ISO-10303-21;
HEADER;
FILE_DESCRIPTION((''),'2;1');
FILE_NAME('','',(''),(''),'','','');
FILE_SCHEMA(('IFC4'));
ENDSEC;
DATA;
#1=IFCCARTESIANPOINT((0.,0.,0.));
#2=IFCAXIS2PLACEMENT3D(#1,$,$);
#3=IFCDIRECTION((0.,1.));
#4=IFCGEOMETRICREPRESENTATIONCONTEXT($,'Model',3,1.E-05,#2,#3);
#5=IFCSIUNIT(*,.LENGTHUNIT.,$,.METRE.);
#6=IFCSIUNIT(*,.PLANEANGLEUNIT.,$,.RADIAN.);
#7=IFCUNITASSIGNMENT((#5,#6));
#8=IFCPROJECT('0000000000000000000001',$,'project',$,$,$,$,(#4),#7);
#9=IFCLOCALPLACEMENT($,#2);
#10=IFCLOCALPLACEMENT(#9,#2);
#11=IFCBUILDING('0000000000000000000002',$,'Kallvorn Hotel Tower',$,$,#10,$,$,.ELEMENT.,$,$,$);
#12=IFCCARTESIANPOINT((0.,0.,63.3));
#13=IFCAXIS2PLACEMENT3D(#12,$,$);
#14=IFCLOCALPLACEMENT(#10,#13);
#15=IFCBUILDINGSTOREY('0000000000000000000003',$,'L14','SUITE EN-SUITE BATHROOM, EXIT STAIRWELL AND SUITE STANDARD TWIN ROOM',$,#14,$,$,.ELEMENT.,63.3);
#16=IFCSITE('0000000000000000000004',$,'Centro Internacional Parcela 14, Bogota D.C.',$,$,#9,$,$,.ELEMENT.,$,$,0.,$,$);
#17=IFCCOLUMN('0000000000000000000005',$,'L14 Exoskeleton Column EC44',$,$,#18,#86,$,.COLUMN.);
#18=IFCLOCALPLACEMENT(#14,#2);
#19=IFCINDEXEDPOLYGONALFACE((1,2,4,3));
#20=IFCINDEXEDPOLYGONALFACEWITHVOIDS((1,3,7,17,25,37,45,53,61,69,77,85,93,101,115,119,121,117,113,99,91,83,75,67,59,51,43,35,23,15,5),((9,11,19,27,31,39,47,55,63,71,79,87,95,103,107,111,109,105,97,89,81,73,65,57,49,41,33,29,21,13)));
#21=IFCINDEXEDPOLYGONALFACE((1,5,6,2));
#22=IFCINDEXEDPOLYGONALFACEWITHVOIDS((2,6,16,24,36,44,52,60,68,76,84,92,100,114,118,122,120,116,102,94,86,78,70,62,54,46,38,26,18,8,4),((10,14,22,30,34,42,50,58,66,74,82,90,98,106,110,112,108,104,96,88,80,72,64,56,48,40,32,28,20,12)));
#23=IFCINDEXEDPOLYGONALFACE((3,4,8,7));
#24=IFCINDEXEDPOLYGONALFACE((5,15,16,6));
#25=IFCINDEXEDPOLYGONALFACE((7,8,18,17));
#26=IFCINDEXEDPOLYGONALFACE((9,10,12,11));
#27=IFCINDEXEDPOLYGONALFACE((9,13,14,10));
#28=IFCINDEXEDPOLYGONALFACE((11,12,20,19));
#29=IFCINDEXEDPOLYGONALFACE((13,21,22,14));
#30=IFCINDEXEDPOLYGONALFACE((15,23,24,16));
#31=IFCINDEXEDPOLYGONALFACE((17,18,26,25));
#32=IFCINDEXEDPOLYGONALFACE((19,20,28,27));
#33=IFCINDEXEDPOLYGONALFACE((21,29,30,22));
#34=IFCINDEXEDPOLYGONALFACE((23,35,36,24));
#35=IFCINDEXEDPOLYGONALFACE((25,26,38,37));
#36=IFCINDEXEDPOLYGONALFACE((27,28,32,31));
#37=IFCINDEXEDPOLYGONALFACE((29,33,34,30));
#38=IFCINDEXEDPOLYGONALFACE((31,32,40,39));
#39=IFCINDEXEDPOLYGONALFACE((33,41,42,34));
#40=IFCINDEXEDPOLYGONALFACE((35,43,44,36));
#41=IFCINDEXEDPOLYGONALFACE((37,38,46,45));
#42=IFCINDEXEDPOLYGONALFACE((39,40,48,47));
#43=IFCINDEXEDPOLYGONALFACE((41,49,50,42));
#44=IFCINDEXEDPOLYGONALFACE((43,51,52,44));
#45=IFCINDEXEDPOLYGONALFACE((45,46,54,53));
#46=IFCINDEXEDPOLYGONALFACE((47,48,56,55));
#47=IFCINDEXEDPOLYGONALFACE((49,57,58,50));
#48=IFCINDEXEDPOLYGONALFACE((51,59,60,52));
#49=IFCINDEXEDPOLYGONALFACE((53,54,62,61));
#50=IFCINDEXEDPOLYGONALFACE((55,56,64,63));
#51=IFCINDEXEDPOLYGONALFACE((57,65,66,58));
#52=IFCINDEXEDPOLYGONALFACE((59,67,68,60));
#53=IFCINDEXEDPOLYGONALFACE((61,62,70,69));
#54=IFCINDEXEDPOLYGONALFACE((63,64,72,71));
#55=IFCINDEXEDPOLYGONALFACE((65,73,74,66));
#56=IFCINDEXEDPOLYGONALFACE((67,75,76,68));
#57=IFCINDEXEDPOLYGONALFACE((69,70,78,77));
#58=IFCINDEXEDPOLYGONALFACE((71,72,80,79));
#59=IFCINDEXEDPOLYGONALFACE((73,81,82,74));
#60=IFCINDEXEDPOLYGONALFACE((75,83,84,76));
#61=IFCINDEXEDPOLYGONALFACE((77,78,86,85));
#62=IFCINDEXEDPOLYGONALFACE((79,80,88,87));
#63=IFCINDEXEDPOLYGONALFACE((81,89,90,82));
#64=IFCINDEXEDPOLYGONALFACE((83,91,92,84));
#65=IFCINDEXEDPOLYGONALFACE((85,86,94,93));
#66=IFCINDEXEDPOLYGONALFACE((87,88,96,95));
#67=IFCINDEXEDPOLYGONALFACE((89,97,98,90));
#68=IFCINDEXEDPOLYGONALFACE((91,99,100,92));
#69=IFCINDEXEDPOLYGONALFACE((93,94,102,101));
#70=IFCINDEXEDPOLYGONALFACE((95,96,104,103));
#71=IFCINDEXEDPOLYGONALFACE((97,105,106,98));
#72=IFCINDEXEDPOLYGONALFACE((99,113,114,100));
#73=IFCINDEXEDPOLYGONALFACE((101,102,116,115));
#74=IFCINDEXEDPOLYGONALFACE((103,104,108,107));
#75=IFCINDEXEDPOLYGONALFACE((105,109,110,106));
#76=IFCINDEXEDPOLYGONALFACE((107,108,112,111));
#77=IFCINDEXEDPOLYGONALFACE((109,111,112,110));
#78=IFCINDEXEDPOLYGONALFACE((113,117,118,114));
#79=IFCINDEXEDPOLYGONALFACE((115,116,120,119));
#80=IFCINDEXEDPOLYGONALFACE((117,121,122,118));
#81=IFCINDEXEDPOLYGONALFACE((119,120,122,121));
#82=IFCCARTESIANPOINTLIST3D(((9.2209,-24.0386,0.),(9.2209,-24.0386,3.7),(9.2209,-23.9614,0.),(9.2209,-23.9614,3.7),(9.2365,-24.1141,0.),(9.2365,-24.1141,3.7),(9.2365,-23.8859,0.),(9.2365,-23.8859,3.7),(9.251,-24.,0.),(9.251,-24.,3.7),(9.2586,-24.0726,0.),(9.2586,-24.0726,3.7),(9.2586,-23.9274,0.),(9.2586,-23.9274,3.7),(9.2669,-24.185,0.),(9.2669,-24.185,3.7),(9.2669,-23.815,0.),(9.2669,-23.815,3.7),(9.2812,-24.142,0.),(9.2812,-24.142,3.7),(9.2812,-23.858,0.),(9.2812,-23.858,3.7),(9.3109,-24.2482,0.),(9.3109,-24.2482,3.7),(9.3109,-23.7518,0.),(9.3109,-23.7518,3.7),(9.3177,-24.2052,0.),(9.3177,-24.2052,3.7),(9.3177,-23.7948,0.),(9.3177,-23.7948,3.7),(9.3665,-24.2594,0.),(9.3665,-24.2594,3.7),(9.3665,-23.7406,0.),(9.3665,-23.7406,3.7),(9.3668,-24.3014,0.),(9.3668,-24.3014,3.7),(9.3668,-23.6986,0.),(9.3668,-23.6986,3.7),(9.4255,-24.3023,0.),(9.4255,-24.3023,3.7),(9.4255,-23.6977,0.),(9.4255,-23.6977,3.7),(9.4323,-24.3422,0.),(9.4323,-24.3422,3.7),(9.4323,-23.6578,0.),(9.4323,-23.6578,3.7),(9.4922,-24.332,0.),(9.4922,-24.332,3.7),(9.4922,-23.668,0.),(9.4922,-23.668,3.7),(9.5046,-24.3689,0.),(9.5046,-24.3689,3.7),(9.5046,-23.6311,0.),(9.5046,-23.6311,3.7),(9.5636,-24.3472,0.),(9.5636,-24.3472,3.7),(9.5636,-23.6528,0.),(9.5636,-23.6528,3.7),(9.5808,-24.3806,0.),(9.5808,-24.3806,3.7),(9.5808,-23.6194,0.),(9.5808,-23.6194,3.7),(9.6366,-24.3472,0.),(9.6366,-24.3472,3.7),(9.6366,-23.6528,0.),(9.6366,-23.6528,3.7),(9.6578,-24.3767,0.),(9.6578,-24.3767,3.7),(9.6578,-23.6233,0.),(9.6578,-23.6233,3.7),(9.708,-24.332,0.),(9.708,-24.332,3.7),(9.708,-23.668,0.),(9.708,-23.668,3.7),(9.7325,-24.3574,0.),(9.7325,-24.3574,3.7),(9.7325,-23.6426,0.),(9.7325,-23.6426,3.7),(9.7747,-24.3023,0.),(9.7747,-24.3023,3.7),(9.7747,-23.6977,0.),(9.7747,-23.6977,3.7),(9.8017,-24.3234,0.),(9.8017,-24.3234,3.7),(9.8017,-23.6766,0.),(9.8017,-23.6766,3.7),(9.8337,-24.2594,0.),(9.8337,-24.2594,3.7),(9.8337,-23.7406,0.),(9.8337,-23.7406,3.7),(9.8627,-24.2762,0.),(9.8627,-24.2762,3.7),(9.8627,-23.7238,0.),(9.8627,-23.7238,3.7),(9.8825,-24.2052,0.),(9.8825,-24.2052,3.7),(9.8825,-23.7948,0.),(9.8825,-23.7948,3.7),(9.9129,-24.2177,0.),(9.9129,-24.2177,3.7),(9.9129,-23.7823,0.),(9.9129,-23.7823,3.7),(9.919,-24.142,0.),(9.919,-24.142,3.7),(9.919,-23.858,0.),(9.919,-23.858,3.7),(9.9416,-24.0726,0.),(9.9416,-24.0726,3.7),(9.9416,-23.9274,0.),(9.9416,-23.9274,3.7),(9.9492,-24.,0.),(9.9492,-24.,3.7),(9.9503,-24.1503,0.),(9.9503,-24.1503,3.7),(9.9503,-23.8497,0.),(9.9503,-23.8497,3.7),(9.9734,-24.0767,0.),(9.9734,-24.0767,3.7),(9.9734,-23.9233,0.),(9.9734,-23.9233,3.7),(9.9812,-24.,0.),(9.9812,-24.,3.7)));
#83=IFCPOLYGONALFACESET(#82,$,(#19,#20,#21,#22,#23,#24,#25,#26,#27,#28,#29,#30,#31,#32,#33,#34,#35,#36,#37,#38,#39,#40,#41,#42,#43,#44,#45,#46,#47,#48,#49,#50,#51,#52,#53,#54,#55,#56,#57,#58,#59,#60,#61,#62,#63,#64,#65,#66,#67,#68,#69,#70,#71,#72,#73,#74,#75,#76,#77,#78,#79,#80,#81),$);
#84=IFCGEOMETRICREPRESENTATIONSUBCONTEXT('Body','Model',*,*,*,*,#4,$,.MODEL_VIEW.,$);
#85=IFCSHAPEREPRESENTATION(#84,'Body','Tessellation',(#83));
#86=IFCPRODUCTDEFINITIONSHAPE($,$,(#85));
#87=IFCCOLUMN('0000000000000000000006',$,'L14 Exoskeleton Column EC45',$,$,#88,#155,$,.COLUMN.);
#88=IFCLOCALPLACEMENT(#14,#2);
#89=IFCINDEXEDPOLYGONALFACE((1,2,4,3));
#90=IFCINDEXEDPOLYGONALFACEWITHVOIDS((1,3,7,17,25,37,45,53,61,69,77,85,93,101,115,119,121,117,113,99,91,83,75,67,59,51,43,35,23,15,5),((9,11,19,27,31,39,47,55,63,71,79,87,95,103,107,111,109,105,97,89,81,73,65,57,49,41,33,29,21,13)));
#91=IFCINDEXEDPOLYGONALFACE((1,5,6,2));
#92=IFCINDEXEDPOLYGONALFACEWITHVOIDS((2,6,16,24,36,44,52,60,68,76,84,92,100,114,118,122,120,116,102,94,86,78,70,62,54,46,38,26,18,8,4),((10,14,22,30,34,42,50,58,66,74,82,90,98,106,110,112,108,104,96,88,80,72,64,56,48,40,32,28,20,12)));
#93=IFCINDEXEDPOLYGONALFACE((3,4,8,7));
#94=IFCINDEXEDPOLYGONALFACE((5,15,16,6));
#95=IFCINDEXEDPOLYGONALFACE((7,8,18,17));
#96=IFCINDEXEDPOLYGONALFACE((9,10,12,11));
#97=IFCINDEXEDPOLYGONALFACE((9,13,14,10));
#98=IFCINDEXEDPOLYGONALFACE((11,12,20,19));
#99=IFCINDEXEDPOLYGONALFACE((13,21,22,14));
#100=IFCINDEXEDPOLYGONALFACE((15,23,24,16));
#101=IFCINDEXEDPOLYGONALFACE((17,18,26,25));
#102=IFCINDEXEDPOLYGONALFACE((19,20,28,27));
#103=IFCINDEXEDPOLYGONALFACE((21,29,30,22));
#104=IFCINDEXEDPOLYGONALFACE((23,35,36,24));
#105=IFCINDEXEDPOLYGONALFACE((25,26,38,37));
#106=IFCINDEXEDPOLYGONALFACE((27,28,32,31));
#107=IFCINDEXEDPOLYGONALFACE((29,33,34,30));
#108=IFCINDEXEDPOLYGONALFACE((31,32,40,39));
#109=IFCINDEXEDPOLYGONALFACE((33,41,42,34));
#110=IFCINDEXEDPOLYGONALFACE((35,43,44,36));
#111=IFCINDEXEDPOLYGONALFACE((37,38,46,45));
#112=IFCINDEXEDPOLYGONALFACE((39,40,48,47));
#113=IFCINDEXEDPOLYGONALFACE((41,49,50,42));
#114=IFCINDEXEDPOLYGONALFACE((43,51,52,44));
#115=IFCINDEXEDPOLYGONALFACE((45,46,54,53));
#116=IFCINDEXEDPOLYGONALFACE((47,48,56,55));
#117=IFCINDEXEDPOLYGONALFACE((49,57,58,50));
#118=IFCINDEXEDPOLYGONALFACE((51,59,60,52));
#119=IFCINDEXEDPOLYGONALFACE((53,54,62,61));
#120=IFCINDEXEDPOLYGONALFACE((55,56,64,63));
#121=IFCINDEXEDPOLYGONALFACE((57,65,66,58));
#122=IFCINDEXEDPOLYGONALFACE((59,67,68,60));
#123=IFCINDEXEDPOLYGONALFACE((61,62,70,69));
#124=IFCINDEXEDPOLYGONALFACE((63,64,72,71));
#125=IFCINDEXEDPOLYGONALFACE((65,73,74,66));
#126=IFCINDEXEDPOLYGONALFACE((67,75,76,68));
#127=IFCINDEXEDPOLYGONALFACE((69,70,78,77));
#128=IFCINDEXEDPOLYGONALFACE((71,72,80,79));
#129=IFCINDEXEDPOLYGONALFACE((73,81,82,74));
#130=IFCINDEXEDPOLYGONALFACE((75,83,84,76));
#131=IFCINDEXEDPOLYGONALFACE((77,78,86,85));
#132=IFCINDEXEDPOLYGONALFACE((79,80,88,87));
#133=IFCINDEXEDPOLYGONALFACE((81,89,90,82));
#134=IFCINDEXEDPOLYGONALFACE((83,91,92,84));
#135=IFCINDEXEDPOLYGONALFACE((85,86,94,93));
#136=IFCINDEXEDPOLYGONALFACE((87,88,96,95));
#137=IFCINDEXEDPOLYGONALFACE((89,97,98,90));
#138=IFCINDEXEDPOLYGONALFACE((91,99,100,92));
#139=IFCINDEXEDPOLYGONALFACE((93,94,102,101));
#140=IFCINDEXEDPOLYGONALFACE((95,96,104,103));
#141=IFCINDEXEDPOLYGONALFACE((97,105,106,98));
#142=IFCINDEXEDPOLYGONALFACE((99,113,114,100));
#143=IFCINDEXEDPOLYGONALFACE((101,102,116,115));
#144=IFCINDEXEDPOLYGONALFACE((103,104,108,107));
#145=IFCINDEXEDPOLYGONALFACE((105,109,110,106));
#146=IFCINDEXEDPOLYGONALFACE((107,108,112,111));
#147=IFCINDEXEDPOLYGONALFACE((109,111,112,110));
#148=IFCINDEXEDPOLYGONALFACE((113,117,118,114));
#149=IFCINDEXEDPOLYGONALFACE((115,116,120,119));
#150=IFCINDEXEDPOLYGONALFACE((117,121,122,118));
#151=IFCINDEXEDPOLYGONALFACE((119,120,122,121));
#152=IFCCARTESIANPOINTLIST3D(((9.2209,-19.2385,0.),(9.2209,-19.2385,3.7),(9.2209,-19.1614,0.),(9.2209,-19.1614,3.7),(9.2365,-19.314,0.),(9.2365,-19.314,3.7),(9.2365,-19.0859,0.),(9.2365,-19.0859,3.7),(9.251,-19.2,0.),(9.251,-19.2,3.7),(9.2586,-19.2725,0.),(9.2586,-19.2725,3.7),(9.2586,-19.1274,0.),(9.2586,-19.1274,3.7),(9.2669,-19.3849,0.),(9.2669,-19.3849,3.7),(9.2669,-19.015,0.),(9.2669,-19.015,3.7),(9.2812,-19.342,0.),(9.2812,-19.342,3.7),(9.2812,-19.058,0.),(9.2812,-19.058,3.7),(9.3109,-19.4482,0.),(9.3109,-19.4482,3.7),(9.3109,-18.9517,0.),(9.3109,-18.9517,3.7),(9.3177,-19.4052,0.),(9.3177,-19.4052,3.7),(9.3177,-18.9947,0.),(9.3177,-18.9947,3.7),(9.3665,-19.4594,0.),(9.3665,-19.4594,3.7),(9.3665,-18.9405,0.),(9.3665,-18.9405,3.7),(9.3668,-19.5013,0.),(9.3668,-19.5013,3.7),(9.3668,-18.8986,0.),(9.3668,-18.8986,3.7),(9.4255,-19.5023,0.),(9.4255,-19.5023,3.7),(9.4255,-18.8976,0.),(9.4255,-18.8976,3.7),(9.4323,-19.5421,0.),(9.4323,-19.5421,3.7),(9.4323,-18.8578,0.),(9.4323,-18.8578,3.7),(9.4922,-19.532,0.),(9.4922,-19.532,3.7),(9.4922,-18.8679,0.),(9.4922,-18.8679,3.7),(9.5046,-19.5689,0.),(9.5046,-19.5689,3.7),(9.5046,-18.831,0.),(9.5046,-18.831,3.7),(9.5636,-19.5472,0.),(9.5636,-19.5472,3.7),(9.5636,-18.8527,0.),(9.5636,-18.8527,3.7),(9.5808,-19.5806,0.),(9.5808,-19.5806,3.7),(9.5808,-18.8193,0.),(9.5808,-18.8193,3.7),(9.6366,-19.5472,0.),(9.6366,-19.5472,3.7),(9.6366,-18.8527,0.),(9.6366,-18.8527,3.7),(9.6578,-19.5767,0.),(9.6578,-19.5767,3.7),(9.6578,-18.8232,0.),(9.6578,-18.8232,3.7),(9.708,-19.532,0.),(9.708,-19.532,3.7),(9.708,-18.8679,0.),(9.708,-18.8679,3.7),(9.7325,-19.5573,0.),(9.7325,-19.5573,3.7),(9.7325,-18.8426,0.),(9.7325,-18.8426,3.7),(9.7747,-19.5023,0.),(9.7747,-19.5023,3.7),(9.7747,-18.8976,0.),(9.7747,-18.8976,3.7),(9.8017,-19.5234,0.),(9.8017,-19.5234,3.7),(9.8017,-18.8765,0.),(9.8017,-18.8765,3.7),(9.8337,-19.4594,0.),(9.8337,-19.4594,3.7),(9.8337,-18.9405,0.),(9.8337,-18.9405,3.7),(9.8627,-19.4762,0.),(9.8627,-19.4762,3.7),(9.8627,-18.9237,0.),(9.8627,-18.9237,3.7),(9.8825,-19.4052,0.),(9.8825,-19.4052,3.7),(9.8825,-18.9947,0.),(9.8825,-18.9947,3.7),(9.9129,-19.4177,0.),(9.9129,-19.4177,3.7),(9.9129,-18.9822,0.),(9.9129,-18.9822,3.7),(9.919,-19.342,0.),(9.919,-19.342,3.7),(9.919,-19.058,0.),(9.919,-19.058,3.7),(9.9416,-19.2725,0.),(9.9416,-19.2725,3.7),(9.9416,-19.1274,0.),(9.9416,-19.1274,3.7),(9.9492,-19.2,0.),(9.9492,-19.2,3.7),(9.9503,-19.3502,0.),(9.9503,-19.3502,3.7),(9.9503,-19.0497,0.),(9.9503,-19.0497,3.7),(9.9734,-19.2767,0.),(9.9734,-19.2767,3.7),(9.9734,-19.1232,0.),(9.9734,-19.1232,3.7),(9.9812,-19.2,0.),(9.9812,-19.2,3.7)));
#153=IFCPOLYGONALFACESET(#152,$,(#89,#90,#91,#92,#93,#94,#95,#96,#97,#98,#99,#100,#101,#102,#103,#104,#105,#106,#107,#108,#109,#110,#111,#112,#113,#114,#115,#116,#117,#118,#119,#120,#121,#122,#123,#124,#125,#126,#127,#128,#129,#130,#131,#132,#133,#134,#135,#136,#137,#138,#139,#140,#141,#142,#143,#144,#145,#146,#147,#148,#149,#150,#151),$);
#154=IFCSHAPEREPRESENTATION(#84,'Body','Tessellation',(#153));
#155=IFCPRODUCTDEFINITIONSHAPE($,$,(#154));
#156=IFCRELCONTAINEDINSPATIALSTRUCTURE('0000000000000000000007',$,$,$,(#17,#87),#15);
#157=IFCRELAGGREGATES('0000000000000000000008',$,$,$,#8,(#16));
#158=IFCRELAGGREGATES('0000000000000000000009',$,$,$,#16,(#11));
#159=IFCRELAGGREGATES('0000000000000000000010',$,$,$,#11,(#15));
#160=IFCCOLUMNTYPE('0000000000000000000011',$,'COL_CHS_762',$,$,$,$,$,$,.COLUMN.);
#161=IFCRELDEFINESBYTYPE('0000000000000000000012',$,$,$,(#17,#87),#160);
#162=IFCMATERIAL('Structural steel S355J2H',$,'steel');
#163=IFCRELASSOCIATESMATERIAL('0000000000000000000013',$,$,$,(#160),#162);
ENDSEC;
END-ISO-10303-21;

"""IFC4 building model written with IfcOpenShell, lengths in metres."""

from ifc_helpers import new_model, si_unit, direction, frame, origin, origin_2d, place, context, subcontext, project, spatial, hollow_circle, extrude, material, material_profile, profile_set, type_object, element, save


model = new_model("IFC4")

# Units and contexts
model_context = context("Model", 3, precision=1e-05, world=origin(), true_north=direction((0.0, 1.0)))
body_context = subcontext(model_context, "Body", "Model", "MODEL_VIEW")
ifc_project = project(units=[si_unit("LENGTHUNIT", "METRE"), si_unit("PLANEANGLEUNIT", "RADIAN")], contexts=[model_context])

# Site, building, storey
site_placement = place(None, origin())
site = spatial("IfcSite", under=ifc_project, at=site_placement, Name="Centro Internacional Parcela 14, Bogota D.C.", CompositionType="ELEMENT", RefElevation=0.0)
building_placement = place(site_placement, origin())
building = spatial("IfcBuilding", under=site, at=building_placement, Name="Kallvorn Hotel Tower", CompositionType="ELEMENT")
storey_placement = place(building_placement, frame((0.0, 0.0, 63.3)))
storey = spatial("IfcBuildingStorey", under=building, at=storey_placement, Name="L14", Description="SUITE EN-SUITE BATHROOM, EXIT STAIRWELL AND SUITE STANDARD TWIN ROOM", CompositionType="ELEMENT", Elevation=63.3)

# Columns
ifc_material_1 = material(Name="Structural steel S355J2H", Category="steel")
ifc_material_profile_1 = material_profile(ifc_material_1, hollow_circle(Radius=0.3811, WallThickness=0.032, at=origin_2d()), Name="CHS 762x32")
ifc_profile_set_1 = profile_set([ifc_material_profile_1], Name="Structural steel S355J2H")
column_type_1 = type_object("IfcColumnType", Name="COL_CHS_762", PredefinedType="COLUMN", material=ifc_profile_set_1)
for number, where, z_axis, x_axis, name in (
    (1, (9.6001, -24.0, 0.0), (0.0, 0.0, 1.0), (1.0, 0.0, 0.0), "L14 Exoskeleton Column EC44"),
    (2, (9.6001, -19.2, 0.0), (0.0, 0.0, 1.0), (1.0, 0.0, 0.0), "L14 Exoskeleton Column EC45"),
):
    element("IfcColumn", number, at=place(storey_placement, frame(where, z_axis=z_axis, x_axis=x_axis)), inside=storey, type_object=column_type_1, Name=name, PredefinedType="COLUMN", context=body_context, shape_type="SweptSolid", body=[
        extrude(hollow_circle(Radius=0.3811, WallThickness=0.032, at=origin_2d()), origin(), (0.0, 0.0, 1.0), 3.7),
    ])

save(model, "model.ifc")
